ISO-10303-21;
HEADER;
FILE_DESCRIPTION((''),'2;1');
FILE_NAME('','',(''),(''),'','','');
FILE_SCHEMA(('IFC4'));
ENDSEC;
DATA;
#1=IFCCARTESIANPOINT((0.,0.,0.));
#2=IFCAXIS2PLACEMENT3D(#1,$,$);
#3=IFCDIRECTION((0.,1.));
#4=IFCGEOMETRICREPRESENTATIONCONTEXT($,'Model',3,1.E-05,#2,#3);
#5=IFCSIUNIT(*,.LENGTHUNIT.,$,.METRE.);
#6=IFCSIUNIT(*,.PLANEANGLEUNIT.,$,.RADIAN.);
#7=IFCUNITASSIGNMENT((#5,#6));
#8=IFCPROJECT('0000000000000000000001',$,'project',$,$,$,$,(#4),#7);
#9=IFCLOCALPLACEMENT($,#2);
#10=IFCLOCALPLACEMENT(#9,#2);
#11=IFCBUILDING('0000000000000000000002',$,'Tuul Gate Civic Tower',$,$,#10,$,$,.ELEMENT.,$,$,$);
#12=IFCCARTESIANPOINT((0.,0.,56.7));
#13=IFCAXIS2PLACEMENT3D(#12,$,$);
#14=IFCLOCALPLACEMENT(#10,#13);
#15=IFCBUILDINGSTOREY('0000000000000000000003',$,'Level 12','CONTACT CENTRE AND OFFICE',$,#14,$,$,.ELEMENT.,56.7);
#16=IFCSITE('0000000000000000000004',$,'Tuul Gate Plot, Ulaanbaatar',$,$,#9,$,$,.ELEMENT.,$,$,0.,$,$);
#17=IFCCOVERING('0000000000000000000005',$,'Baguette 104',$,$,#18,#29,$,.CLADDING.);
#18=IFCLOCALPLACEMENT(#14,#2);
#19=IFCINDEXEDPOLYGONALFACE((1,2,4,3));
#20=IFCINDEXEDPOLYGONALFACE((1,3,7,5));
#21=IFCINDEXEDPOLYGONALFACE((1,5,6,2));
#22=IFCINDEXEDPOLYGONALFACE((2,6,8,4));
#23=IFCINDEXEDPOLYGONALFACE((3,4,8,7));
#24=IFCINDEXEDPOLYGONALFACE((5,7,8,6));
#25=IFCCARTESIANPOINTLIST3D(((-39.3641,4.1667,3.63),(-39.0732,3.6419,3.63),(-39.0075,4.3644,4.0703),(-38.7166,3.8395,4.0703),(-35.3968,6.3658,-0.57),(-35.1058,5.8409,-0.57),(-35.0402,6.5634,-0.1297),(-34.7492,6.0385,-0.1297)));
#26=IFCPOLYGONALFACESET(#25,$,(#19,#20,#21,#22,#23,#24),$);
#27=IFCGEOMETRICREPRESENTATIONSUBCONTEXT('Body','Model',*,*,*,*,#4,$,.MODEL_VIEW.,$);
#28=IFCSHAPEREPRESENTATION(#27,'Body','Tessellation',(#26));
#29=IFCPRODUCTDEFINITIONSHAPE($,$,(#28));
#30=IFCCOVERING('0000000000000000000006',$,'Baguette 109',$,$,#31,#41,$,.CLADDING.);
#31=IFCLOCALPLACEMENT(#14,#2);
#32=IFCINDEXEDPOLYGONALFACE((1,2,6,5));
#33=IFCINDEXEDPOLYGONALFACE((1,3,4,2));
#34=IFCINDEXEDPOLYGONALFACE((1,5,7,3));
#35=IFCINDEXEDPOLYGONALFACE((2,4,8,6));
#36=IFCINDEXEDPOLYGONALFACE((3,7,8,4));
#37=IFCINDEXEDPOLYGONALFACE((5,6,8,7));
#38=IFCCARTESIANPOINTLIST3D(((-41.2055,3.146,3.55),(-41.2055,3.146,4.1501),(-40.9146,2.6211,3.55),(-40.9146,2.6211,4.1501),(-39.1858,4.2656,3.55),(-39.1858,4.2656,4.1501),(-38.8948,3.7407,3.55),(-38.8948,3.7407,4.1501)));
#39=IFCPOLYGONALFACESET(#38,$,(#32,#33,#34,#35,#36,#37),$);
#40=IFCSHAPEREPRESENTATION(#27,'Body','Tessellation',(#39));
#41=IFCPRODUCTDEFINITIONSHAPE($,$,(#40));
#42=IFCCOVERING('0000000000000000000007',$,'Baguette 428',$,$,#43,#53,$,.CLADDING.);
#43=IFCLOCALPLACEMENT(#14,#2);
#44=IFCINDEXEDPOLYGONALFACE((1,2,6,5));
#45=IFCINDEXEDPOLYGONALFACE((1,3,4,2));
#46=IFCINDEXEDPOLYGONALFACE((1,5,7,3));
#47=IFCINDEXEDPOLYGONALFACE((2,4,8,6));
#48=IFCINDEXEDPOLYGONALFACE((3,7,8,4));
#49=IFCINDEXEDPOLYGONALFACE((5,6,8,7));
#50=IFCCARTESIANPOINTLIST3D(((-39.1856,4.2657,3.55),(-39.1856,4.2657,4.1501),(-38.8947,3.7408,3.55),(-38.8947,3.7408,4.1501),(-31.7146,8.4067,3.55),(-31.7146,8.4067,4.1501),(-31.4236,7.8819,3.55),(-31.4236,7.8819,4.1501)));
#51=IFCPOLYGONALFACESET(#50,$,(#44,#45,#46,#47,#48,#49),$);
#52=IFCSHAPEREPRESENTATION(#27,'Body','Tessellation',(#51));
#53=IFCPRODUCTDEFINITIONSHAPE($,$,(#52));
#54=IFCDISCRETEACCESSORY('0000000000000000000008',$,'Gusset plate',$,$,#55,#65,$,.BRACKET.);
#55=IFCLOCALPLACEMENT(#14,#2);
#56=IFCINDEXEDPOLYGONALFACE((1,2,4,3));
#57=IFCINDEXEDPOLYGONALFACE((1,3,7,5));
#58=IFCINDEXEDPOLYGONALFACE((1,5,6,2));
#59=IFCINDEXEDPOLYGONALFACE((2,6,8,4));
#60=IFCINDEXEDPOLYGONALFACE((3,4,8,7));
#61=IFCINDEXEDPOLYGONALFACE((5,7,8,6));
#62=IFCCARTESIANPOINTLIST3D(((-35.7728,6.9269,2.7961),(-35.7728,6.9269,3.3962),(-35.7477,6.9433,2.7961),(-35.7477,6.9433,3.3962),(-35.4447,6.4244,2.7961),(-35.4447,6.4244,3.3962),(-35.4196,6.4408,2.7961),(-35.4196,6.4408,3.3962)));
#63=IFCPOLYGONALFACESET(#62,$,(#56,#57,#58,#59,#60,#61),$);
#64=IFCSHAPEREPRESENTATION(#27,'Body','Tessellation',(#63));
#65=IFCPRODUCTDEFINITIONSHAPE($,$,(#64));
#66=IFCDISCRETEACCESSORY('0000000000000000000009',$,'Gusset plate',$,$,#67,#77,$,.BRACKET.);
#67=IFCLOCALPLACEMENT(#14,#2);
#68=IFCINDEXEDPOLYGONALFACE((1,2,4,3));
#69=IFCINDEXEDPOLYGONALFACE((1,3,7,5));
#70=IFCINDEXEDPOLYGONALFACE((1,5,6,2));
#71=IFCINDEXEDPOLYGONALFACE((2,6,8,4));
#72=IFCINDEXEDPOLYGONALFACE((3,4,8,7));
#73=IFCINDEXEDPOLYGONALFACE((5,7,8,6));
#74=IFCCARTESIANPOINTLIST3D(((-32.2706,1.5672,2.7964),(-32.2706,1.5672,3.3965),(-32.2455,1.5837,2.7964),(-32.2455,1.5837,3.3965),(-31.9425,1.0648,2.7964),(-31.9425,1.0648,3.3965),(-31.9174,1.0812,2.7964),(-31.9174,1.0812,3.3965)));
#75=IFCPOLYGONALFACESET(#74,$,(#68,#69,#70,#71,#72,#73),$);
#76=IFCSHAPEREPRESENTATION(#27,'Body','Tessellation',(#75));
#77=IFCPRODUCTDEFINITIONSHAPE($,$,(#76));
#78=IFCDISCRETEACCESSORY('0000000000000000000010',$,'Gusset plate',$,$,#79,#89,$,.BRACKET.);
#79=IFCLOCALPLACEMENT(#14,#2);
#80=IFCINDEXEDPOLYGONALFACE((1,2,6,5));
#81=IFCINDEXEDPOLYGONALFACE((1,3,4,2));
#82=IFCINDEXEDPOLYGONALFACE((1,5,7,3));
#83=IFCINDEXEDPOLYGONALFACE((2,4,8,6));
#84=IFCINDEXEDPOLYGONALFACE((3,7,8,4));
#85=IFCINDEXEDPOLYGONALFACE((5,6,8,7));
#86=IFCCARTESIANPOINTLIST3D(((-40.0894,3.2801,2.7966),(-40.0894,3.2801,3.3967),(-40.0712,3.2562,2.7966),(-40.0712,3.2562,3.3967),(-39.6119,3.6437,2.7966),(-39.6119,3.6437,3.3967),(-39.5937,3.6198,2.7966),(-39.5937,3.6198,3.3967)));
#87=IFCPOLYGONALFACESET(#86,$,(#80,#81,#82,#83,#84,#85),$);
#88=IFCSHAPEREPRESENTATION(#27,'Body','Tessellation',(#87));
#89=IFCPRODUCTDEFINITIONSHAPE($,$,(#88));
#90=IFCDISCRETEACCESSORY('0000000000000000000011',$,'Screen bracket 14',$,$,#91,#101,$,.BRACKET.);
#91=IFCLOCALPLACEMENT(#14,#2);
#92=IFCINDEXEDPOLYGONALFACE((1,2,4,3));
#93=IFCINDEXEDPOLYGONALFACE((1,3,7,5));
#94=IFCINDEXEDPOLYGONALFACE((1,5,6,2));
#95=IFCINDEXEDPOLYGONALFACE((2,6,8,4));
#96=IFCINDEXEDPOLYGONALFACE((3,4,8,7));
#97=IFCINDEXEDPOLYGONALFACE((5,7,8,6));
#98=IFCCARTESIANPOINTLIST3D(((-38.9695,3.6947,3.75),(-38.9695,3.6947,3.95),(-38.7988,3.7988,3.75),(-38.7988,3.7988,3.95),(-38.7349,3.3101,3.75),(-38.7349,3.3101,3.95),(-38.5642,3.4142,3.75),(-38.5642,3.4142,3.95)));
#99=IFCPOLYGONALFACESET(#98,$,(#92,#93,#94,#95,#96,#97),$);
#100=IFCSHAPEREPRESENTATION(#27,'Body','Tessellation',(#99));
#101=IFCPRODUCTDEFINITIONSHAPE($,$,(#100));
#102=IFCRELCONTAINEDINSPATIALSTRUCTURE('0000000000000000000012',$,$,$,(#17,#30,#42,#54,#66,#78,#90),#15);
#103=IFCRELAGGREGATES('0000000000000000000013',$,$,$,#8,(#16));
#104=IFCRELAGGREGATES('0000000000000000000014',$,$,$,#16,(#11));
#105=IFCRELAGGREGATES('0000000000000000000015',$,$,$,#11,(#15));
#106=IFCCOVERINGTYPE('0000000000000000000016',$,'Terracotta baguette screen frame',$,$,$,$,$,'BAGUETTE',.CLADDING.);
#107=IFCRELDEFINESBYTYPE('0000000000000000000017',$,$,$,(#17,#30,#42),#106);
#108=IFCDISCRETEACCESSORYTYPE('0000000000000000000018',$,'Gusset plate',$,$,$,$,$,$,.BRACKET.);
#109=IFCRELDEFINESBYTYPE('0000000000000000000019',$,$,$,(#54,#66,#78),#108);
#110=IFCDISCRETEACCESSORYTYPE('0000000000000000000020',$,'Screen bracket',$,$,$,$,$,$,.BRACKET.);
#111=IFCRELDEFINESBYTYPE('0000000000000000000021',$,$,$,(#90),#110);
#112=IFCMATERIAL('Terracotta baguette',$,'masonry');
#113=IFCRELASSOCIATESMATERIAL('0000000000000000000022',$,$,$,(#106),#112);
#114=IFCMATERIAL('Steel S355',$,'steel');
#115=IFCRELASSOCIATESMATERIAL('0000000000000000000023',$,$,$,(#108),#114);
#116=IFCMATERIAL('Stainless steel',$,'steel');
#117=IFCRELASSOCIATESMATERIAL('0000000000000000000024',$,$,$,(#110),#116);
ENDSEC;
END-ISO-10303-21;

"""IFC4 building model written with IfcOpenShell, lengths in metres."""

from ifc_helpers import new_model, si_unit, direction, frame, origin, origin_2d, place, context, subcontext, project, spatial, rectangle, extrude, material, material_profile, profile_set, type_object, element, save


model = new_model("IFC4")

# Units and contexts
model_context = context("Model", 3, precision=1e-05, world=origin(), true_north=direction((0.0, 1.0)))
body_context = subcontext(model_context, "Body", "Model", "MODEL_VIEW")
ifc_project = project(units=[si_unit("LENGTHUNIT", "METRE"), si_unit("PLANEANGLEUNIT", "RADIAN")], contexts=[model_context])

# Site, building, storey
site_placement = place(None, origin())
site = spatial("IfcSite", under=ifc_project, at=site_placement, Name="Tuul Gate Plot, Ulaanbaatar", CompositionType="ELEMENT", RefElevation=0.0)
building_placement = place(site_placement, origin())
building = spatial("IfcBuilding", under=site, at=building_placement, Name="Tuul Gate Civic Tower", CompositionType="ELEMENT")
storey_placement = place(building_placement, frame((0.0, 0.0, 56.7)))
storey = spatial("IfcBuildingStorey", under=building, at=storey_placement, Name="Level 12", Description="CONTACT CENTRE AND OFFICE", CompositionType="ELEMENT", Elevation=56.7)

# Coverings
ifc_material_1 = material(Name="Terracotta baguette", Category="masonry")
ifc_material_profile_1 = material_profile(ifc_material_1, rectangle(XDim=0.6001, YDim=0.6001, at=origin_2d()), Name="Terracotta baguette screen frame")
ifc_profile_set_1 = profile_set([ifc_material_profile_1], Name="Terracotta baguette")
covering_type = type_object("IfcCoveringType", Name="Terracotta baguette screen frame", ElementType="BAGUETTE", PredefinedType="CLADDING", material=ifc_profile_set_1)
covering_1_placement = place(storey_placement, frame((-35.073, 6.2021, -0.3499), z_axis=(-0.64177, -0.355719, 0.679408), x_axis=(0.484788, -0.874632, 0.0)))
element("IfcCovering", 1, at=covering_1_placement, inside=storey, type_object=covering_type, Name="Baguette 104", PredefinedType="CLADDING", context=body_context, shape_type="SweptSolid", body=[
    extrude(rectangle(XDim=0.6001, YDim=0.6001, at=origin_2d()), origin(), (0.0, 0.0, 1.0), 6.1819),
])
covering_2_placement = place(storey_placement, frame((-39.0403, 4.0032, 3.8501), z_axis=(-0.874611, -0.484826, 0.0), x_axis=(0.484826, -0.874611, 0.0)))
element("IfcCovering", 2, at=covering_2_placement, inside=storey, type_object=covering_type, Name="Baguette 109", PredefinedType="CLADDING", context=body_context, shape_type="SweptSolid", body=[
    extrude(rectangle(XDim=0.6001, YDim=0.6001, at=origin_2d()), origin(), (0.0, 0.0, 1.0), 2.3093),
])
covering_3_placement = place(storey_placement, frame((-31.5691, 8.1443, 3.8501), z_axis=(-0.874631, -0.484789, 0.0), x_axis=(0.484789, -0.874631, 0.0)))
element("IfcCovering", 3, at=covering_3_placement, inside=storey, type_object=covering_type, Name="Baguette 428", PredefinedType="CLADDING", context=body_context, shape_type="SweptSolid", body=[
    extrude(rectangle(XDim=0.6001, YDim=0.6001, at=origin_2d()), origin(), (0.0, 0.0, 1.0), 8.542),
])

# Discrete accessories
ifc_material_2 = material(Name="Steel S355", Category="steel")
discrete_accessory_type_1 = type_object("IfcDiscreteAccessoryType", Name="Gusset plate", PredefinedType="BRACKET", material=ifc_material_2)
for number, where, z_axis, x_axis, name in (
    (4, (-35.5962, 6.6838, 2.7961), (0.0, 0.0, 1.0), (0.546743, -0.8373, 0.0), "Gusset plate"),
    (5, (-32.094, 1.3242, 2.7964), (0.0, 0.0, 1.0), (-0.546743, 0.8373, 0.0), "Gusset plate"),
    (6, (-39.8416, 3.45, 2.7966), (0.0, 0.0, 1.0), (0.795629, 0.605784, 0.0), "Gusset plate"),
):
    element("IfcDiscreteAccessory", number, at=place(storey_placement, frame(where, z_axis=z_axis, x_axis=x_axis)), inside=storey, type_object=discrete_accessory_type_1, Name=name, PredefinedType="BRACKET", context=body_context, shape_type="SweptSolid", body=[
        extrude(rectangle(XDim=0.6001, YDim=0.03, at=origin_2d()), origin(), (0.0, 0.0, 1.0), 0.6001),
    ])
ifc_material_3 = material(Name="Stainless steel", Category="steel")
discrete_accessory_type_2 = type_object("IfcDiscreteAccessoryType", Name="Screen bracket", PredefinedType="BRACKET", material=ifc_material_3)
discrete_accessory_placement = place(storey_placement, frame((-38.7668, 3.5544, 3.75), z_axis=(0.0, 0.0, 1.0), x_axis=(-0.52074, 0.853715, 0.0)))
element("IfcDiscreteAccessory", 7, at=discrete_accessory_placement, inside=storey, type_object=discrete_accessory_type_2, Name="Screen bracket 14", PredefinedType="BRACKET", context=body_context, shape_type="SweptSolid", body=[
    extrude(rectangle(XDim=0.4504, YDim=0.2, at=origin_2d()), origin(), (0.0, 0.0, 1.0), 0.2),
])

save(model, "model.ifc")
